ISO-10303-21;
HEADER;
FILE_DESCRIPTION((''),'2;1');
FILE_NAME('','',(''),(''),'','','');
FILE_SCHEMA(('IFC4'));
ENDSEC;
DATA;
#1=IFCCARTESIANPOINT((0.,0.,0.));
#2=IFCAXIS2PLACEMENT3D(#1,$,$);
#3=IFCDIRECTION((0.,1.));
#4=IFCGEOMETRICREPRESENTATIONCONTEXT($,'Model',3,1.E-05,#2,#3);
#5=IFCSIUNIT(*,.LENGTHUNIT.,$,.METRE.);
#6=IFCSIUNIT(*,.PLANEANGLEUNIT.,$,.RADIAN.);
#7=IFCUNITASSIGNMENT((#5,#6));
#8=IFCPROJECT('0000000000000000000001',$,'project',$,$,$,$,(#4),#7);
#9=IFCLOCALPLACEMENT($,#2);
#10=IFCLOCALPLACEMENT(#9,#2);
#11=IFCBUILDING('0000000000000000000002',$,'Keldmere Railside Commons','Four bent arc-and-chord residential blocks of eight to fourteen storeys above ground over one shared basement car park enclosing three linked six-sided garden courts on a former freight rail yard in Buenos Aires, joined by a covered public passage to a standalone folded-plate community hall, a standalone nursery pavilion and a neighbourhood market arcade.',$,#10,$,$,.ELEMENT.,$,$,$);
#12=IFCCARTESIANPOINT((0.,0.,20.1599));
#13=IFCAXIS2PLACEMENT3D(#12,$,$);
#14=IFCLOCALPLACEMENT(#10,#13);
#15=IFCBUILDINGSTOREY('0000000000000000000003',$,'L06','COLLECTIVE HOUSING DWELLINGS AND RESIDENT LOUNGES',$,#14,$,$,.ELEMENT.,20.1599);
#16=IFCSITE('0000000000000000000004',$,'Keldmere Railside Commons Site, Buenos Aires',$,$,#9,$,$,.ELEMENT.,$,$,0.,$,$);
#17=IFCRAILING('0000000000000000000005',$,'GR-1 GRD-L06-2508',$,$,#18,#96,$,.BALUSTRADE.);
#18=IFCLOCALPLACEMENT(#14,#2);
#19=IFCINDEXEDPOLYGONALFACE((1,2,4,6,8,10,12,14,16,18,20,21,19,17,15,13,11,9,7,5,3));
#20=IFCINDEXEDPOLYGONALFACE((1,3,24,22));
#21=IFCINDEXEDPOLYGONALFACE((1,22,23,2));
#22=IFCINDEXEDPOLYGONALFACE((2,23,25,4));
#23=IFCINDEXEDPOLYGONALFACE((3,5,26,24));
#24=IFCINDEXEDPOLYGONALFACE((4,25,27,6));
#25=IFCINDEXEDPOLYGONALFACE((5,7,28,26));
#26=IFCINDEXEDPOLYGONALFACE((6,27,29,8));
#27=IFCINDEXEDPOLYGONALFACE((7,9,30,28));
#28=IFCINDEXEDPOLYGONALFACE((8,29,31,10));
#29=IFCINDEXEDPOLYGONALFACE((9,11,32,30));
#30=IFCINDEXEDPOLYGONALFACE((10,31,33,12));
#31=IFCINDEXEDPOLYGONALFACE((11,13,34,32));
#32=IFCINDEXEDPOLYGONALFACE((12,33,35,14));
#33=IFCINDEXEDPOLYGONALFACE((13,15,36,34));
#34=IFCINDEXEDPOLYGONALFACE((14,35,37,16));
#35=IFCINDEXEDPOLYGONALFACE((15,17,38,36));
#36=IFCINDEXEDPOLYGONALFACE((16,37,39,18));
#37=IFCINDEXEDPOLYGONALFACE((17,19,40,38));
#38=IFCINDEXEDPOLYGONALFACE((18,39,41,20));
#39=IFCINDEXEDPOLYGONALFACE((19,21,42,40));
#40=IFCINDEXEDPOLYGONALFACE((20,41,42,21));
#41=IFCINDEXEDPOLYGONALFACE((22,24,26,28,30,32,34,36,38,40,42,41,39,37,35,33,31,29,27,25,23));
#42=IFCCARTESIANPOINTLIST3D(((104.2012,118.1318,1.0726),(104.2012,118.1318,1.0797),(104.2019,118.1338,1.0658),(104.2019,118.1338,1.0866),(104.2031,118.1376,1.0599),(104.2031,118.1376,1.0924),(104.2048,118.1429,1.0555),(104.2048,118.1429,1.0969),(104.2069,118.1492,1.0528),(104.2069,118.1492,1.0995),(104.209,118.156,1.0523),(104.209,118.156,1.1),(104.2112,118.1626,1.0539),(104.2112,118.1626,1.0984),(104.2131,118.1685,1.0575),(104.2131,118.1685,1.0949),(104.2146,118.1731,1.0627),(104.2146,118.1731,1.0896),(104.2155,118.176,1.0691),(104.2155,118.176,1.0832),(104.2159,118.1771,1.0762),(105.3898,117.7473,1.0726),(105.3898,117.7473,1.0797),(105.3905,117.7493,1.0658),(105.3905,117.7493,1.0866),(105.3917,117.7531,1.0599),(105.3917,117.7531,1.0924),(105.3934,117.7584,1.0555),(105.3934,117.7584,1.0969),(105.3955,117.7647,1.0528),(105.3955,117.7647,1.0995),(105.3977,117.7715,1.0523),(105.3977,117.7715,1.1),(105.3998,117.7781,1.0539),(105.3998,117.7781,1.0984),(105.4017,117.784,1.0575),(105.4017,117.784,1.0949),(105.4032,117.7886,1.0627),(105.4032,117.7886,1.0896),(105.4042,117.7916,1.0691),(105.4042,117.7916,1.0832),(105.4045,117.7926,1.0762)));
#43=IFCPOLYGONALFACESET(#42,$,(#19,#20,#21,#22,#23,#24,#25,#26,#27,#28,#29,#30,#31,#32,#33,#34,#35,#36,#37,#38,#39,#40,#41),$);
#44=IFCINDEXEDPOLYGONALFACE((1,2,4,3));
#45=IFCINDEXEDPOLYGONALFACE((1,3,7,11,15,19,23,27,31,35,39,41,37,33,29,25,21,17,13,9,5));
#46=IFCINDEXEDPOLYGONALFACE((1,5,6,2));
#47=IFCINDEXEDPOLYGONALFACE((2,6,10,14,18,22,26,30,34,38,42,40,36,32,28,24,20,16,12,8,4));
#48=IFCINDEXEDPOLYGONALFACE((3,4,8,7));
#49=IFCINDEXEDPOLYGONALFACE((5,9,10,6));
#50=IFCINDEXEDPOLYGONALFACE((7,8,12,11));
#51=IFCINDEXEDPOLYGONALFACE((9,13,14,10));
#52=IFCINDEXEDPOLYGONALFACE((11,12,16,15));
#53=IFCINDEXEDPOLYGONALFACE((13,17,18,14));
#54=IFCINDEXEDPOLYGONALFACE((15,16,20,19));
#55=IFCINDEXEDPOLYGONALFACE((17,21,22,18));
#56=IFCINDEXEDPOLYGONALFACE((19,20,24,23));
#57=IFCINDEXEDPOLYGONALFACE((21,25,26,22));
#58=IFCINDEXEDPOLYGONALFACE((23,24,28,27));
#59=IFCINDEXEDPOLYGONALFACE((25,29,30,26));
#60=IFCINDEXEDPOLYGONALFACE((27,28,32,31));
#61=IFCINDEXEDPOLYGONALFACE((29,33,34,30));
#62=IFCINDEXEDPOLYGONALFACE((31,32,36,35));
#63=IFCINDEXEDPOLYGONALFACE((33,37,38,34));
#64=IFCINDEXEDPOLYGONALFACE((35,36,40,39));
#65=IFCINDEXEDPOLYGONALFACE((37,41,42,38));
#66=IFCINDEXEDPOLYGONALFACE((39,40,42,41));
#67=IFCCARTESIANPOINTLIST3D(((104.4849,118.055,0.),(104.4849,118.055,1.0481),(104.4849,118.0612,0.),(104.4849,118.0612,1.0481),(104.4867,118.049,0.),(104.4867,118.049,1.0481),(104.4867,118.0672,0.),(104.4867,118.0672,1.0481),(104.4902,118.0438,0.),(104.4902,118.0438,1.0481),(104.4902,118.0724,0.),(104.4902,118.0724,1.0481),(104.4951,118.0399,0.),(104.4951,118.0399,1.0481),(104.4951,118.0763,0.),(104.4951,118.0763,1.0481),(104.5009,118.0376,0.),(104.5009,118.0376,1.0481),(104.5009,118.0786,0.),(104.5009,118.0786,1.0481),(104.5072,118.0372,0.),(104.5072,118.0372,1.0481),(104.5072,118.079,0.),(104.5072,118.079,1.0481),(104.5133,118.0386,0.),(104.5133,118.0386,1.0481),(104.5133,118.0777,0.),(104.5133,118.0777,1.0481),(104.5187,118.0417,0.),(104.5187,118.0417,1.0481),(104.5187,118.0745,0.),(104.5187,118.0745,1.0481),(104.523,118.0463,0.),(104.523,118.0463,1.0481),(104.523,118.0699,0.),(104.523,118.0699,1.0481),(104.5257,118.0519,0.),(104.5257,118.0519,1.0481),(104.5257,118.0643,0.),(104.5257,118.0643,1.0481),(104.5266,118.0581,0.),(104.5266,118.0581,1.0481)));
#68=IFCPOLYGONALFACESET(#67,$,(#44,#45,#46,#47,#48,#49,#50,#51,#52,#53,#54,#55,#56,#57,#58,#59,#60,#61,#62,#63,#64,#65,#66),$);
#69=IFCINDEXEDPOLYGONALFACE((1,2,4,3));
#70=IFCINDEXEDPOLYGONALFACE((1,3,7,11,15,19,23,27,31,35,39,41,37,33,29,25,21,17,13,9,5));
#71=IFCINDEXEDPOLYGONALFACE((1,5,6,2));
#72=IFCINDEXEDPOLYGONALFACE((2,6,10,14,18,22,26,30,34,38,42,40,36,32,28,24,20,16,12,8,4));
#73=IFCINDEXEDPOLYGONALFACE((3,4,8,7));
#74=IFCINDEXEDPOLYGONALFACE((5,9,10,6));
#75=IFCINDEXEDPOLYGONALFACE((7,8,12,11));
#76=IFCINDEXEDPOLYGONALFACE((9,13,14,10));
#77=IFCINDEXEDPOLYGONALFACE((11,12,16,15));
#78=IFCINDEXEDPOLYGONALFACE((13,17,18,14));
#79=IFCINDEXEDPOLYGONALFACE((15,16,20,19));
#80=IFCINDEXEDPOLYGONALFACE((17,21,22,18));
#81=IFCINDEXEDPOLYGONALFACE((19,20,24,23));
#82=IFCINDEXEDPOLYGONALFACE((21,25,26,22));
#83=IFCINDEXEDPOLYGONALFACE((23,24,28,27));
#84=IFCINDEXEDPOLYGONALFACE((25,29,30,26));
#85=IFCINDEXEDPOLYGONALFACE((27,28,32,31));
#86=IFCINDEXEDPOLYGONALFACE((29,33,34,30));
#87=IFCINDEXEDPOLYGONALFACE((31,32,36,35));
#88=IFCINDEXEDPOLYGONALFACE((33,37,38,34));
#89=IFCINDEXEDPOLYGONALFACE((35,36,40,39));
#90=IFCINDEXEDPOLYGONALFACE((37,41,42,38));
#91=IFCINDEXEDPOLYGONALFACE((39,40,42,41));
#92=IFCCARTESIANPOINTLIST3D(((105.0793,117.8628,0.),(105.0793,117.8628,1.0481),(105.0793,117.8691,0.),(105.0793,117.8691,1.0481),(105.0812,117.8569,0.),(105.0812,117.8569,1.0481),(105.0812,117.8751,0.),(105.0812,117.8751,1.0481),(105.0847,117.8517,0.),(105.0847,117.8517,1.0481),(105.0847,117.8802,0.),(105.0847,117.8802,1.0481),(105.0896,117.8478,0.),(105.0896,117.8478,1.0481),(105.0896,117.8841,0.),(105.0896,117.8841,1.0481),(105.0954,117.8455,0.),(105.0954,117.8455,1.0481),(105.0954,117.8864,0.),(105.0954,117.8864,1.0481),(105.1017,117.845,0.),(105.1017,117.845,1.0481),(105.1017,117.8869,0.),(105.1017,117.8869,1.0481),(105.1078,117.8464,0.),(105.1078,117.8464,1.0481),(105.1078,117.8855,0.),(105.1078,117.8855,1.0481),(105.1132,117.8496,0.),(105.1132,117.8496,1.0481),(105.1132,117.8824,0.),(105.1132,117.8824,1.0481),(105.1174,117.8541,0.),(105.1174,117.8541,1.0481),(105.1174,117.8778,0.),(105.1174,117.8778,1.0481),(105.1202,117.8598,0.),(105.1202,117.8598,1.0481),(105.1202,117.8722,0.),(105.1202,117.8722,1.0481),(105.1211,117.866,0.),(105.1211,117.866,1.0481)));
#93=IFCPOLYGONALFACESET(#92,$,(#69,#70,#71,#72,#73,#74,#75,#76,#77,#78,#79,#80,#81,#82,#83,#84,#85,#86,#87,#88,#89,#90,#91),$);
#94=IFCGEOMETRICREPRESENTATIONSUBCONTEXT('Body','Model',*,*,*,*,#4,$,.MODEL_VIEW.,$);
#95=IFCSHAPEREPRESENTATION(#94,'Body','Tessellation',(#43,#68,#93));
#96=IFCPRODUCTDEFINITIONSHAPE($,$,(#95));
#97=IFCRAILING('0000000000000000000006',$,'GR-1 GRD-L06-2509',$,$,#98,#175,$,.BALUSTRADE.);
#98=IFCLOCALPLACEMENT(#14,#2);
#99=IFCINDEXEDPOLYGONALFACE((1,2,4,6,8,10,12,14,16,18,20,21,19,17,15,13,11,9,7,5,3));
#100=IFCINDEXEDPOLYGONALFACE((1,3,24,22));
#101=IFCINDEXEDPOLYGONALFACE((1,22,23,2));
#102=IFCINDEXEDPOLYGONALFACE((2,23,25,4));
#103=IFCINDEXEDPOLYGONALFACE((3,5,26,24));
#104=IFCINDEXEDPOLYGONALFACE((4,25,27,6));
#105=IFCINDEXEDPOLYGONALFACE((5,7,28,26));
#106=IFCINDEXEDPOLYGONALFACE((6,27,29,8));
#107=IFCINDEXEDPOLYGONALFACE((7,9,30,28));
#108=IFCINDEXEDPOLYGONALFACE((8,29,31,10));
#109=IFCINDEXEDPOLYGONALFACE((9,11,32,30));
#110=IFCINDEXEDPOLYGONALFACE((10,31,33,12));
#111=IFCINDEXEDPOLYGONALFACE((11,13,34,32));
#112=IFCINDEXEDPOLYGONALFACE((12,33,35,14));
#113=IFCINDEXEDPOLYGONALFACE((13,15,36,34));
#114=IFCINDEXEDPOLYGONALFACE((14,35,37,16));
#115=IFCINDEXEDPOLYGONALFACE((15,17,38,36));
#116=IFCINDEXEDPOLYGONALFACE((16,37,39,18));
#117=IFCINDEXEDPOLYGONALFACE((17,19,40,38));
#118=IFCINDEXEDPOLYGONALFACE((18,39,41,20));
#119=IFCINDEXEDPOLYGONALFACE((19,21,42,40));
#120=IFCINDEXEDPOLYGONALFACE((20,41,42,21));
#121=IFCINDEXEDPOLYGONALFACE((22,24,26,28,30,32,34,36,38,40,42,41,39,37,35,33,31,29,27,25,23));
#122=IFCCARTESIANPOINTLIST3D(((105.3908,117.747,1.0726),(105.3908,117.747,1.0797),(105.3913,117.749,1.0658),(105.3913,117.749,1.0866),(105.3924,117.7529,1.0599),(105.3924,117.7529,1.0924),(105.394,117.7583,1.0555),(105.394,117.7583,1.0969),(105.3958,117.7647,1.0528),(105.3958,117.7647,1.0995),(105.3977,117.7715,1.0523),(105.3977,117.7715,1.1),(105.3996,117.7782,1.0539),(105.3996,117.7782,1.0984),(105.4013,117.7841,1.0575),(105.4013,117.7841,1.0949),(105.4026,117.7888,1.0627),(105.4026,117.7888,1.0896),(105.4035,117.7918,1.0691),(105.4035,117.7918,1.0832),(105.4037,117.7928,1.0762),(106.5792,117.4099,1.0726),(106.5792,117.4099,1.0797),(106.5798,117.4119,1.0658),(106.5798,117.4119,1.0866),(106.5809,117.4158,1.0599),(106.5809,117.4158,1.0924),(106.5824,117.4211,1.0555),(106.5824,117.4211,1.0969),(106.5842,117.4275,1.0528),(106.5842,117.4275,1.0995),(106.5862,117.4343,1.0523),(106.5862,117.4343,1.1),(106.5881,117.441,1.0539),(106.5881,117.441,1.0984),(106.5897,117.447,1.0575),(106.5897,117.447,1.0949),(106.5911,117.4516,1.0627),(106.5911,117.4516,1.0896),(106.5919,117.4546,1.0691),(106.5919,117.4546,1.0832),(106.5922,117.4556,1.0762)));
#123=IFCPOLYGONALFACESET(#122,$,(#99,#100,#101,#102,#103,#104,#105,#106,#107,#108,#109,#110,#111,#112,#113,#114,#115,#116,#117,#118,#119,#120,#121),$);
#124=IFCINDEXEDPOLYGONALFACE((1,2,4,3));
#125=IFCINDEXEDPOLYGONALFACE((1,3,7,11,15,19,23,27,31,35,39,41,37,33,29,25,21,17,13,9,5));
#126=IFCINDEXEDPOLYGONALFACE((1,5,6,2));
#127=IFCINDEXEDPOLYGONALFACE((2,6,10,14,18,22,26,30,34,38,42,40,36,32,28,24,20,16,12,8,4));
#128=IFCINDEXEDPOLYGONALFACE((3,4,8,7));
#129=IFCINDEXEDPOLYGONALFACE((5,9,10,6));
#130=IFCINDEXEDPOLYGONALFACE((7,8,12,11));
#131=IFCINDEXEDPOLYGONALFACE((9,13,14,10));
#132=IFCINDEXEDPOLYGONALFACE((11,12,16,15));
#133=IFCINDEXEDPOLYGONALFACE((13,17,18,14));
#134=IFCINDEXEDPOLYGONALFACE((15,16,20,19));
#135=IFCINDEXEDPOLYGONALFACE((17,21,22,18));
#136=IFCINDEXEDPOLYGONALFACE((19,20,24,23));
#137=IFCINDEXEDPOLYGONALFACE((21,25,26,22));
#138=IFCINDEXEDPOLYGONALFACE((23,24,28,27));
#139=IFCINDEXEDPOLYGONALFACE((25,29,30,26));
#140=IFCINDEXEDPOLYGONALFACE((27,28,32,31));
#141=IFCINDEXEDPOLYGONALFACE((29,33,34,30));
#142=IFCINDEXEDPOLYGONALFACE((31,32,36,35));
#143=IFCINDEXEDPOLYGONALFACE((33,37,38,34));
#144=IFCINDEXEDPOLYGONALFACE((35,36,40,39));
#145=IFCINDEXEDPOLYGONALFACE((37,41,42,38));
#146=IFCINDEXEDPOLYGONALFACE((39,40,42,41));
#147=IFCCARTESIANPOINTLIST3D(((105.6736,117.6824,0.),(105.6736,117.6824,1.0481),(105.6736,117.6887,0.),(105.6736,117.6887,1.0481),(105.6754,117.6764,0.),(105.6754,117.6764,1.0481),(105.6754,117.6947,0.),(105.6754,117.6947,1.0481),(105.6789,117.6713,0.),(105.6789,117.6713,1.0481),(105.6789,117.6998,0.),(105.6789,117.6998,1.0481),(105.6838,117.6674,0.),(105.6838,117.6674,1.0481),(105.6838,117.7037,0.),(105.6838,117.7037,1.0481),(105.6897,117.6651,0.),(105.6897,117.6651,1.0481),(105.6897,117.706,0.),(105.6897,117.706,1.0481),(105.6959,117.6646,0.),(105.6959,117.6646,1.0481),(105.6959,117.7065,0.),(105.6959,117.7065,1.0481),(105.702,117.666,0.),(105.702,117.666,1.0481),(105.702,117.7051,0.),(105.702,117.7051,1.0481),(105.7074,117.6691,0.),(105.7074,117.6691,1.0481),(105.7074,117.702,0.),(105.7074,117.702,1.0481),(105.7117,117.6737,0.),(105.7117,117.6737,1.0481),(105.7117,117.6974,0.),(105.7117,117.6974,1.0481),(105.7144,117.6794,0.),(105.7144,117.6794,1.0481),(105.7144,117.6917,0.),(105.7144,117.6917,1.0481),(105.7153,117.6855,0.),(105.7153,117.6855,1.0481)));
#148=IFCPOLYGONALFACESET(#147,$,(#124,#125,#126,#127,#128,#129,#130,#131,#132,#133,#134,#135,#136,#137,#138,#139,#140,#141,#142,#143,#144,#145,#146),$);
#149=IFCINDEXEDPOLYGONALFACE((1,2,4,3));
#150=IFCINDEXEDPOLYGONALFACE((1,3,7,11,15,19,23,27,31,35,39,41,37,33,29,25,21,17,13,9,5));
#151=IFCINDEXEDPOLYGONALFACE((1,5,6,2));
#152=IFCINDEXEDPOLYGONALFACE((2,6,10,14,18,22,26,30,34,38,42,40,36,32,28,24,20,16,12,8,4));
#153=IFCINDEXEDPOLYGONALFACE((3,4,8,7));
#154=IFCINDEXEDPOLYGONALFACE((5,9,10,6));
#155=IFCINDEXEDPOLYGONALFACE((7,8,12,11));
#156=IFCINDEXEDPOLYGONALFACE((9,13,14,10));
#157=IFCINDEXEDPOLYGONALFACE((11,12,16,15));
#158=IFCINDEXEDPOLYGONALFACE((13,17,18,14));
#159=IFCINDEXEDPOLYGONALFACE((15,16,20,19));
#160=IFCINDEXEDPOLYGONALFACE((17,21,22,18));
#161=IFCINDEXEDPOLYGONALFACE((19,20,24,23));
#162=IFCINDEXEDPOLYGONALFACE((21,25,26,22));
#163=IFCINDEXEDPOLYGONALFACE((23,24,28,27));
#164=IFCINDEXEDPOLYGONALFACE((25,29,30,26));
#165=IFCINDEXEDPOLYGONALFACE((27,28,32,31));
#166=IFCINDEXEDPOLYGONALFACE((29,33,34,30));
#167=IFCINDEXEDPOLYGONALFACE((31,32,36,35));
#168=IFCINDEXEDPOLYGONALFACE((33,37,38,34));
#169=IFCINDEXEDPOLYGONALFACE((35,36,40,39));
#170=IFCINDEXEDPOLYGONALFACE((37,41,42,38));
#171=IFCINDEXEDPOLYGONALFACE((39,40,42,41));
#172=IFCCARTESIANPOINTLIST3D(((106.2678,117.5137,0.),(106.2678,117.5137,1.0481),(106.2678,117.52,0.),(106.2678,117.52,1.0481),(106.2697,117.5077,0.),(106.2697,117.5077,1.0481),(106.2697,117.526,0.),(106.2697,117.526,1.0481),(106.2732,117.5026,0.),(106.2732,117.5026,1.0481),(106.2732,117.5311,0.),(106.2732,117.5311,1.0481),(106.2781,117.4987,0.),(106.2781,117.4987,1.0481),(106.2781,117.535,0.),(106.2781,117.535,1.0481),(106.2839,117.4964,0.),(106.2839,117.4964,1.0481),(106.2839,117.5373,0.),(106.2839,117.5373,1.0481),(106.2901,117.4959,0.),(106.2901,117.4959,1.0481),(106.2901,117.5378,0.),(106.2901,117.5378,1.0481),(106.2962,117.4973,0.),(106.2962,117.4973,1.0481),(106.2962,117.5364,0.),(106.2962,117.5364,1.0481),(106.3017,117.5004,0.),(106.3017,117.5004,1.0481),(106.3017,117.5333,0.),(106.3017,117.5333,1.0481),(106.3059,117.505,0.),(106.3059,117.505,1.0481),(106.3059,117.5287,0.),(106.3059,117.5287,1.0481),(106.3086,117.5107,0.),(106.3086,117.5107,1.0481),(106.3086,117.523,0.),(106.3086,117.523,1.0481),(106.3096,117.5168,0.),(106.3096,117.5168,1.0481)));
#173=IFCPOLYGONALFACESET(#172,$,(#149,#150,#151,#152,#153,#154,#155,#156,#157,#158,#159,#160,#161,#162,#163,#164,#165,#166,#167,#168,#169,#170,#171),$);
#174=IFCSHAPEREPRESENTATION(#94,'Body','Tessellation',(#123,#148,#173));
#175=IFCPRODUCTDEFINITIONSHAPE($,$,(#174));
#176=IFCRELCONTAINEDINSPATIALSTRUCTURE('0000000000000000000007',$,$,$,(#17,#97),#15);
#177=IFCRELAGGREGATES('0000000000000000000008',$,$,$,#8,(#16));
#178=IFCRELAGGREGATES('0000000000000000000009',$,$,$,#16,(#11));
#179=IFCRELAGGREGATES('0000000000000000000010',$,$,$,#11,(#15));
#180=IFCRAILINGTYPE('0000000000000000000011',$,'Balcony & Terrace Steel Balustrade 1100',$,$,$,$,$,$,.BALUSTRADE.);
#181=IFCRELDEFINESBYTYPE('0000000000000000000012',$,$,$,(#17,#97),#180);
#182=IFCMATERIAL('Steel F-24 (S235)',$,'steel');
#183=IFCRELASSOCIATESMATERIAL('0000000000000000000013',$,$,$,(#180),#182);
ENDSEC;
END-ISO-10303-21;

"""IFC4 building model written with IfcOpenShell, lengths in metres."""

from ifc_helpers import new_model, si_unit, direction, frame, origin, origin_2d, place, context, subcontext, project, spatial, circle, extrude, material, type_object, element, save


model = new_model("IFC4")

# Units and contexts
model_context = context("Model", 3, precision=1e-05, world=origin(), true_north=direction((0.0, 1.0)))
body_context = subcontext(model_context, "Body", "Model", "MODEL_VIEW")
ifc_project = project(units=[si_unit("LENGTHUNIT", "METRE"), si_unit("PLANEANGLEUNIT", "RADIAN")], contexts=[model_context])

# Site, building, storey
site_placement = place(None, origin())
site = spatial("IfcSite", under=ifc_project, at=site_placement, Name="Keldmere Railside Commons Site, Buenos Aires", CompositionType="ELEMENT", RefElevation=0.0)
building_placement = place(site_placement, origin())
building = spatial("IfcBuilding", under=site, at=building_placement, Name="Keldmere Railside Commons", Description="Four bent arc-and-chord residential blocks of eight to fourteen storeys above ground over one shared basement car park enclosing three linked six-sided garden courts on a former freight rail yard in Buenos Aires, joined by a covered public passage to a standalone folded-plate community hall, a standalone nursery pavilion and a neighbourhood market arcade.", CompositionType="ELEMENT")
storey_placement = place(building_placement, frame((0.0, 0.0, 20.1599)))
storey = spatial("IfcBuildingStorey", under=building, at=storey_placement, Name="L06", Description="COLLECTIVE HOUSING DWELLINGS AND RESIDENT LOUNGES", CompositionType="ELEMENT", Elevation=20.1599)

# Railings
ifc_material_1 = material(Name="Steel F-24 (S235)", Category="steel")
railing_type = type_object("IfcRailingType", Name="Balcony & Terrace Steel Balustrade 1100", PredefinedType="BALUSTRADE", material=ifc_material_1)
railing_1_placement = place(storey_placement, frame((104.2085, 118.1543, 0.0)))
element("IfcRailing", 1, at=railing_1_placement, inside=storey, type_object=railing_type, Name="GR-1 GRD-L06-2508", PredefinedType="BALUSTRADE", context=body_context, shape_type="SweptSolid", body=[
    extrude(circle(Radius=0.0239, at=origin_2d()), frame((0.0, 0.0, 1.0762), z_axis=(0.95146, -0.307773, 0.0), x_axis=(0.307773, 0.95146, 0.0)), (0.0, 0.0, 1.0), 1.2493),
    extrude(circle(Radius=0.021, at=origin_2d()), frame((0.2971, -0.0962, 0.0)), (0.0, 0.0, 1.0), 1.0481),
    extrude(circle(Radius=0.021, at=origin_2d()), frame((0.8916, -0.2883, 0.0)), (0.0, 0.0, 1.0), 1.0481),
])
railing_2_placement = place(storey_placement, frame((105.3972, 117.7698, 0.0)))
element("IfcRailing", 2, at=railing_2_placement, inside=storey, type_object=railing_type, Name="GR-1 GRD-L06-2509", PredefinedType="BALUSTRADE", context=body_context, shape_type="SweptSolid", body=[
    extrude(circle(Radius=0.0239, at=origin_2d()), frame((0.0, 0.0, 1.0762), z_axis=(0.962037, -0.27292, 0.0), x_axis=(0.27292, 0.962037, 0.0)), (0.0, 0.0, 1.0), 1.2354),
    extrude(circle(Radius=0.021, at=origin_2d()), frame((0.2971, -0.0842, 0.0)), (0.0, 0.0, 1.0), 1.0481),
    extrude(circle(Radius=0.021, at=origin_2d()), frame((0.8914, -0.2529, 0.0)), (0.0, 0.0, 1.0), 1.0481),
])

save(model, "model.ifc")
